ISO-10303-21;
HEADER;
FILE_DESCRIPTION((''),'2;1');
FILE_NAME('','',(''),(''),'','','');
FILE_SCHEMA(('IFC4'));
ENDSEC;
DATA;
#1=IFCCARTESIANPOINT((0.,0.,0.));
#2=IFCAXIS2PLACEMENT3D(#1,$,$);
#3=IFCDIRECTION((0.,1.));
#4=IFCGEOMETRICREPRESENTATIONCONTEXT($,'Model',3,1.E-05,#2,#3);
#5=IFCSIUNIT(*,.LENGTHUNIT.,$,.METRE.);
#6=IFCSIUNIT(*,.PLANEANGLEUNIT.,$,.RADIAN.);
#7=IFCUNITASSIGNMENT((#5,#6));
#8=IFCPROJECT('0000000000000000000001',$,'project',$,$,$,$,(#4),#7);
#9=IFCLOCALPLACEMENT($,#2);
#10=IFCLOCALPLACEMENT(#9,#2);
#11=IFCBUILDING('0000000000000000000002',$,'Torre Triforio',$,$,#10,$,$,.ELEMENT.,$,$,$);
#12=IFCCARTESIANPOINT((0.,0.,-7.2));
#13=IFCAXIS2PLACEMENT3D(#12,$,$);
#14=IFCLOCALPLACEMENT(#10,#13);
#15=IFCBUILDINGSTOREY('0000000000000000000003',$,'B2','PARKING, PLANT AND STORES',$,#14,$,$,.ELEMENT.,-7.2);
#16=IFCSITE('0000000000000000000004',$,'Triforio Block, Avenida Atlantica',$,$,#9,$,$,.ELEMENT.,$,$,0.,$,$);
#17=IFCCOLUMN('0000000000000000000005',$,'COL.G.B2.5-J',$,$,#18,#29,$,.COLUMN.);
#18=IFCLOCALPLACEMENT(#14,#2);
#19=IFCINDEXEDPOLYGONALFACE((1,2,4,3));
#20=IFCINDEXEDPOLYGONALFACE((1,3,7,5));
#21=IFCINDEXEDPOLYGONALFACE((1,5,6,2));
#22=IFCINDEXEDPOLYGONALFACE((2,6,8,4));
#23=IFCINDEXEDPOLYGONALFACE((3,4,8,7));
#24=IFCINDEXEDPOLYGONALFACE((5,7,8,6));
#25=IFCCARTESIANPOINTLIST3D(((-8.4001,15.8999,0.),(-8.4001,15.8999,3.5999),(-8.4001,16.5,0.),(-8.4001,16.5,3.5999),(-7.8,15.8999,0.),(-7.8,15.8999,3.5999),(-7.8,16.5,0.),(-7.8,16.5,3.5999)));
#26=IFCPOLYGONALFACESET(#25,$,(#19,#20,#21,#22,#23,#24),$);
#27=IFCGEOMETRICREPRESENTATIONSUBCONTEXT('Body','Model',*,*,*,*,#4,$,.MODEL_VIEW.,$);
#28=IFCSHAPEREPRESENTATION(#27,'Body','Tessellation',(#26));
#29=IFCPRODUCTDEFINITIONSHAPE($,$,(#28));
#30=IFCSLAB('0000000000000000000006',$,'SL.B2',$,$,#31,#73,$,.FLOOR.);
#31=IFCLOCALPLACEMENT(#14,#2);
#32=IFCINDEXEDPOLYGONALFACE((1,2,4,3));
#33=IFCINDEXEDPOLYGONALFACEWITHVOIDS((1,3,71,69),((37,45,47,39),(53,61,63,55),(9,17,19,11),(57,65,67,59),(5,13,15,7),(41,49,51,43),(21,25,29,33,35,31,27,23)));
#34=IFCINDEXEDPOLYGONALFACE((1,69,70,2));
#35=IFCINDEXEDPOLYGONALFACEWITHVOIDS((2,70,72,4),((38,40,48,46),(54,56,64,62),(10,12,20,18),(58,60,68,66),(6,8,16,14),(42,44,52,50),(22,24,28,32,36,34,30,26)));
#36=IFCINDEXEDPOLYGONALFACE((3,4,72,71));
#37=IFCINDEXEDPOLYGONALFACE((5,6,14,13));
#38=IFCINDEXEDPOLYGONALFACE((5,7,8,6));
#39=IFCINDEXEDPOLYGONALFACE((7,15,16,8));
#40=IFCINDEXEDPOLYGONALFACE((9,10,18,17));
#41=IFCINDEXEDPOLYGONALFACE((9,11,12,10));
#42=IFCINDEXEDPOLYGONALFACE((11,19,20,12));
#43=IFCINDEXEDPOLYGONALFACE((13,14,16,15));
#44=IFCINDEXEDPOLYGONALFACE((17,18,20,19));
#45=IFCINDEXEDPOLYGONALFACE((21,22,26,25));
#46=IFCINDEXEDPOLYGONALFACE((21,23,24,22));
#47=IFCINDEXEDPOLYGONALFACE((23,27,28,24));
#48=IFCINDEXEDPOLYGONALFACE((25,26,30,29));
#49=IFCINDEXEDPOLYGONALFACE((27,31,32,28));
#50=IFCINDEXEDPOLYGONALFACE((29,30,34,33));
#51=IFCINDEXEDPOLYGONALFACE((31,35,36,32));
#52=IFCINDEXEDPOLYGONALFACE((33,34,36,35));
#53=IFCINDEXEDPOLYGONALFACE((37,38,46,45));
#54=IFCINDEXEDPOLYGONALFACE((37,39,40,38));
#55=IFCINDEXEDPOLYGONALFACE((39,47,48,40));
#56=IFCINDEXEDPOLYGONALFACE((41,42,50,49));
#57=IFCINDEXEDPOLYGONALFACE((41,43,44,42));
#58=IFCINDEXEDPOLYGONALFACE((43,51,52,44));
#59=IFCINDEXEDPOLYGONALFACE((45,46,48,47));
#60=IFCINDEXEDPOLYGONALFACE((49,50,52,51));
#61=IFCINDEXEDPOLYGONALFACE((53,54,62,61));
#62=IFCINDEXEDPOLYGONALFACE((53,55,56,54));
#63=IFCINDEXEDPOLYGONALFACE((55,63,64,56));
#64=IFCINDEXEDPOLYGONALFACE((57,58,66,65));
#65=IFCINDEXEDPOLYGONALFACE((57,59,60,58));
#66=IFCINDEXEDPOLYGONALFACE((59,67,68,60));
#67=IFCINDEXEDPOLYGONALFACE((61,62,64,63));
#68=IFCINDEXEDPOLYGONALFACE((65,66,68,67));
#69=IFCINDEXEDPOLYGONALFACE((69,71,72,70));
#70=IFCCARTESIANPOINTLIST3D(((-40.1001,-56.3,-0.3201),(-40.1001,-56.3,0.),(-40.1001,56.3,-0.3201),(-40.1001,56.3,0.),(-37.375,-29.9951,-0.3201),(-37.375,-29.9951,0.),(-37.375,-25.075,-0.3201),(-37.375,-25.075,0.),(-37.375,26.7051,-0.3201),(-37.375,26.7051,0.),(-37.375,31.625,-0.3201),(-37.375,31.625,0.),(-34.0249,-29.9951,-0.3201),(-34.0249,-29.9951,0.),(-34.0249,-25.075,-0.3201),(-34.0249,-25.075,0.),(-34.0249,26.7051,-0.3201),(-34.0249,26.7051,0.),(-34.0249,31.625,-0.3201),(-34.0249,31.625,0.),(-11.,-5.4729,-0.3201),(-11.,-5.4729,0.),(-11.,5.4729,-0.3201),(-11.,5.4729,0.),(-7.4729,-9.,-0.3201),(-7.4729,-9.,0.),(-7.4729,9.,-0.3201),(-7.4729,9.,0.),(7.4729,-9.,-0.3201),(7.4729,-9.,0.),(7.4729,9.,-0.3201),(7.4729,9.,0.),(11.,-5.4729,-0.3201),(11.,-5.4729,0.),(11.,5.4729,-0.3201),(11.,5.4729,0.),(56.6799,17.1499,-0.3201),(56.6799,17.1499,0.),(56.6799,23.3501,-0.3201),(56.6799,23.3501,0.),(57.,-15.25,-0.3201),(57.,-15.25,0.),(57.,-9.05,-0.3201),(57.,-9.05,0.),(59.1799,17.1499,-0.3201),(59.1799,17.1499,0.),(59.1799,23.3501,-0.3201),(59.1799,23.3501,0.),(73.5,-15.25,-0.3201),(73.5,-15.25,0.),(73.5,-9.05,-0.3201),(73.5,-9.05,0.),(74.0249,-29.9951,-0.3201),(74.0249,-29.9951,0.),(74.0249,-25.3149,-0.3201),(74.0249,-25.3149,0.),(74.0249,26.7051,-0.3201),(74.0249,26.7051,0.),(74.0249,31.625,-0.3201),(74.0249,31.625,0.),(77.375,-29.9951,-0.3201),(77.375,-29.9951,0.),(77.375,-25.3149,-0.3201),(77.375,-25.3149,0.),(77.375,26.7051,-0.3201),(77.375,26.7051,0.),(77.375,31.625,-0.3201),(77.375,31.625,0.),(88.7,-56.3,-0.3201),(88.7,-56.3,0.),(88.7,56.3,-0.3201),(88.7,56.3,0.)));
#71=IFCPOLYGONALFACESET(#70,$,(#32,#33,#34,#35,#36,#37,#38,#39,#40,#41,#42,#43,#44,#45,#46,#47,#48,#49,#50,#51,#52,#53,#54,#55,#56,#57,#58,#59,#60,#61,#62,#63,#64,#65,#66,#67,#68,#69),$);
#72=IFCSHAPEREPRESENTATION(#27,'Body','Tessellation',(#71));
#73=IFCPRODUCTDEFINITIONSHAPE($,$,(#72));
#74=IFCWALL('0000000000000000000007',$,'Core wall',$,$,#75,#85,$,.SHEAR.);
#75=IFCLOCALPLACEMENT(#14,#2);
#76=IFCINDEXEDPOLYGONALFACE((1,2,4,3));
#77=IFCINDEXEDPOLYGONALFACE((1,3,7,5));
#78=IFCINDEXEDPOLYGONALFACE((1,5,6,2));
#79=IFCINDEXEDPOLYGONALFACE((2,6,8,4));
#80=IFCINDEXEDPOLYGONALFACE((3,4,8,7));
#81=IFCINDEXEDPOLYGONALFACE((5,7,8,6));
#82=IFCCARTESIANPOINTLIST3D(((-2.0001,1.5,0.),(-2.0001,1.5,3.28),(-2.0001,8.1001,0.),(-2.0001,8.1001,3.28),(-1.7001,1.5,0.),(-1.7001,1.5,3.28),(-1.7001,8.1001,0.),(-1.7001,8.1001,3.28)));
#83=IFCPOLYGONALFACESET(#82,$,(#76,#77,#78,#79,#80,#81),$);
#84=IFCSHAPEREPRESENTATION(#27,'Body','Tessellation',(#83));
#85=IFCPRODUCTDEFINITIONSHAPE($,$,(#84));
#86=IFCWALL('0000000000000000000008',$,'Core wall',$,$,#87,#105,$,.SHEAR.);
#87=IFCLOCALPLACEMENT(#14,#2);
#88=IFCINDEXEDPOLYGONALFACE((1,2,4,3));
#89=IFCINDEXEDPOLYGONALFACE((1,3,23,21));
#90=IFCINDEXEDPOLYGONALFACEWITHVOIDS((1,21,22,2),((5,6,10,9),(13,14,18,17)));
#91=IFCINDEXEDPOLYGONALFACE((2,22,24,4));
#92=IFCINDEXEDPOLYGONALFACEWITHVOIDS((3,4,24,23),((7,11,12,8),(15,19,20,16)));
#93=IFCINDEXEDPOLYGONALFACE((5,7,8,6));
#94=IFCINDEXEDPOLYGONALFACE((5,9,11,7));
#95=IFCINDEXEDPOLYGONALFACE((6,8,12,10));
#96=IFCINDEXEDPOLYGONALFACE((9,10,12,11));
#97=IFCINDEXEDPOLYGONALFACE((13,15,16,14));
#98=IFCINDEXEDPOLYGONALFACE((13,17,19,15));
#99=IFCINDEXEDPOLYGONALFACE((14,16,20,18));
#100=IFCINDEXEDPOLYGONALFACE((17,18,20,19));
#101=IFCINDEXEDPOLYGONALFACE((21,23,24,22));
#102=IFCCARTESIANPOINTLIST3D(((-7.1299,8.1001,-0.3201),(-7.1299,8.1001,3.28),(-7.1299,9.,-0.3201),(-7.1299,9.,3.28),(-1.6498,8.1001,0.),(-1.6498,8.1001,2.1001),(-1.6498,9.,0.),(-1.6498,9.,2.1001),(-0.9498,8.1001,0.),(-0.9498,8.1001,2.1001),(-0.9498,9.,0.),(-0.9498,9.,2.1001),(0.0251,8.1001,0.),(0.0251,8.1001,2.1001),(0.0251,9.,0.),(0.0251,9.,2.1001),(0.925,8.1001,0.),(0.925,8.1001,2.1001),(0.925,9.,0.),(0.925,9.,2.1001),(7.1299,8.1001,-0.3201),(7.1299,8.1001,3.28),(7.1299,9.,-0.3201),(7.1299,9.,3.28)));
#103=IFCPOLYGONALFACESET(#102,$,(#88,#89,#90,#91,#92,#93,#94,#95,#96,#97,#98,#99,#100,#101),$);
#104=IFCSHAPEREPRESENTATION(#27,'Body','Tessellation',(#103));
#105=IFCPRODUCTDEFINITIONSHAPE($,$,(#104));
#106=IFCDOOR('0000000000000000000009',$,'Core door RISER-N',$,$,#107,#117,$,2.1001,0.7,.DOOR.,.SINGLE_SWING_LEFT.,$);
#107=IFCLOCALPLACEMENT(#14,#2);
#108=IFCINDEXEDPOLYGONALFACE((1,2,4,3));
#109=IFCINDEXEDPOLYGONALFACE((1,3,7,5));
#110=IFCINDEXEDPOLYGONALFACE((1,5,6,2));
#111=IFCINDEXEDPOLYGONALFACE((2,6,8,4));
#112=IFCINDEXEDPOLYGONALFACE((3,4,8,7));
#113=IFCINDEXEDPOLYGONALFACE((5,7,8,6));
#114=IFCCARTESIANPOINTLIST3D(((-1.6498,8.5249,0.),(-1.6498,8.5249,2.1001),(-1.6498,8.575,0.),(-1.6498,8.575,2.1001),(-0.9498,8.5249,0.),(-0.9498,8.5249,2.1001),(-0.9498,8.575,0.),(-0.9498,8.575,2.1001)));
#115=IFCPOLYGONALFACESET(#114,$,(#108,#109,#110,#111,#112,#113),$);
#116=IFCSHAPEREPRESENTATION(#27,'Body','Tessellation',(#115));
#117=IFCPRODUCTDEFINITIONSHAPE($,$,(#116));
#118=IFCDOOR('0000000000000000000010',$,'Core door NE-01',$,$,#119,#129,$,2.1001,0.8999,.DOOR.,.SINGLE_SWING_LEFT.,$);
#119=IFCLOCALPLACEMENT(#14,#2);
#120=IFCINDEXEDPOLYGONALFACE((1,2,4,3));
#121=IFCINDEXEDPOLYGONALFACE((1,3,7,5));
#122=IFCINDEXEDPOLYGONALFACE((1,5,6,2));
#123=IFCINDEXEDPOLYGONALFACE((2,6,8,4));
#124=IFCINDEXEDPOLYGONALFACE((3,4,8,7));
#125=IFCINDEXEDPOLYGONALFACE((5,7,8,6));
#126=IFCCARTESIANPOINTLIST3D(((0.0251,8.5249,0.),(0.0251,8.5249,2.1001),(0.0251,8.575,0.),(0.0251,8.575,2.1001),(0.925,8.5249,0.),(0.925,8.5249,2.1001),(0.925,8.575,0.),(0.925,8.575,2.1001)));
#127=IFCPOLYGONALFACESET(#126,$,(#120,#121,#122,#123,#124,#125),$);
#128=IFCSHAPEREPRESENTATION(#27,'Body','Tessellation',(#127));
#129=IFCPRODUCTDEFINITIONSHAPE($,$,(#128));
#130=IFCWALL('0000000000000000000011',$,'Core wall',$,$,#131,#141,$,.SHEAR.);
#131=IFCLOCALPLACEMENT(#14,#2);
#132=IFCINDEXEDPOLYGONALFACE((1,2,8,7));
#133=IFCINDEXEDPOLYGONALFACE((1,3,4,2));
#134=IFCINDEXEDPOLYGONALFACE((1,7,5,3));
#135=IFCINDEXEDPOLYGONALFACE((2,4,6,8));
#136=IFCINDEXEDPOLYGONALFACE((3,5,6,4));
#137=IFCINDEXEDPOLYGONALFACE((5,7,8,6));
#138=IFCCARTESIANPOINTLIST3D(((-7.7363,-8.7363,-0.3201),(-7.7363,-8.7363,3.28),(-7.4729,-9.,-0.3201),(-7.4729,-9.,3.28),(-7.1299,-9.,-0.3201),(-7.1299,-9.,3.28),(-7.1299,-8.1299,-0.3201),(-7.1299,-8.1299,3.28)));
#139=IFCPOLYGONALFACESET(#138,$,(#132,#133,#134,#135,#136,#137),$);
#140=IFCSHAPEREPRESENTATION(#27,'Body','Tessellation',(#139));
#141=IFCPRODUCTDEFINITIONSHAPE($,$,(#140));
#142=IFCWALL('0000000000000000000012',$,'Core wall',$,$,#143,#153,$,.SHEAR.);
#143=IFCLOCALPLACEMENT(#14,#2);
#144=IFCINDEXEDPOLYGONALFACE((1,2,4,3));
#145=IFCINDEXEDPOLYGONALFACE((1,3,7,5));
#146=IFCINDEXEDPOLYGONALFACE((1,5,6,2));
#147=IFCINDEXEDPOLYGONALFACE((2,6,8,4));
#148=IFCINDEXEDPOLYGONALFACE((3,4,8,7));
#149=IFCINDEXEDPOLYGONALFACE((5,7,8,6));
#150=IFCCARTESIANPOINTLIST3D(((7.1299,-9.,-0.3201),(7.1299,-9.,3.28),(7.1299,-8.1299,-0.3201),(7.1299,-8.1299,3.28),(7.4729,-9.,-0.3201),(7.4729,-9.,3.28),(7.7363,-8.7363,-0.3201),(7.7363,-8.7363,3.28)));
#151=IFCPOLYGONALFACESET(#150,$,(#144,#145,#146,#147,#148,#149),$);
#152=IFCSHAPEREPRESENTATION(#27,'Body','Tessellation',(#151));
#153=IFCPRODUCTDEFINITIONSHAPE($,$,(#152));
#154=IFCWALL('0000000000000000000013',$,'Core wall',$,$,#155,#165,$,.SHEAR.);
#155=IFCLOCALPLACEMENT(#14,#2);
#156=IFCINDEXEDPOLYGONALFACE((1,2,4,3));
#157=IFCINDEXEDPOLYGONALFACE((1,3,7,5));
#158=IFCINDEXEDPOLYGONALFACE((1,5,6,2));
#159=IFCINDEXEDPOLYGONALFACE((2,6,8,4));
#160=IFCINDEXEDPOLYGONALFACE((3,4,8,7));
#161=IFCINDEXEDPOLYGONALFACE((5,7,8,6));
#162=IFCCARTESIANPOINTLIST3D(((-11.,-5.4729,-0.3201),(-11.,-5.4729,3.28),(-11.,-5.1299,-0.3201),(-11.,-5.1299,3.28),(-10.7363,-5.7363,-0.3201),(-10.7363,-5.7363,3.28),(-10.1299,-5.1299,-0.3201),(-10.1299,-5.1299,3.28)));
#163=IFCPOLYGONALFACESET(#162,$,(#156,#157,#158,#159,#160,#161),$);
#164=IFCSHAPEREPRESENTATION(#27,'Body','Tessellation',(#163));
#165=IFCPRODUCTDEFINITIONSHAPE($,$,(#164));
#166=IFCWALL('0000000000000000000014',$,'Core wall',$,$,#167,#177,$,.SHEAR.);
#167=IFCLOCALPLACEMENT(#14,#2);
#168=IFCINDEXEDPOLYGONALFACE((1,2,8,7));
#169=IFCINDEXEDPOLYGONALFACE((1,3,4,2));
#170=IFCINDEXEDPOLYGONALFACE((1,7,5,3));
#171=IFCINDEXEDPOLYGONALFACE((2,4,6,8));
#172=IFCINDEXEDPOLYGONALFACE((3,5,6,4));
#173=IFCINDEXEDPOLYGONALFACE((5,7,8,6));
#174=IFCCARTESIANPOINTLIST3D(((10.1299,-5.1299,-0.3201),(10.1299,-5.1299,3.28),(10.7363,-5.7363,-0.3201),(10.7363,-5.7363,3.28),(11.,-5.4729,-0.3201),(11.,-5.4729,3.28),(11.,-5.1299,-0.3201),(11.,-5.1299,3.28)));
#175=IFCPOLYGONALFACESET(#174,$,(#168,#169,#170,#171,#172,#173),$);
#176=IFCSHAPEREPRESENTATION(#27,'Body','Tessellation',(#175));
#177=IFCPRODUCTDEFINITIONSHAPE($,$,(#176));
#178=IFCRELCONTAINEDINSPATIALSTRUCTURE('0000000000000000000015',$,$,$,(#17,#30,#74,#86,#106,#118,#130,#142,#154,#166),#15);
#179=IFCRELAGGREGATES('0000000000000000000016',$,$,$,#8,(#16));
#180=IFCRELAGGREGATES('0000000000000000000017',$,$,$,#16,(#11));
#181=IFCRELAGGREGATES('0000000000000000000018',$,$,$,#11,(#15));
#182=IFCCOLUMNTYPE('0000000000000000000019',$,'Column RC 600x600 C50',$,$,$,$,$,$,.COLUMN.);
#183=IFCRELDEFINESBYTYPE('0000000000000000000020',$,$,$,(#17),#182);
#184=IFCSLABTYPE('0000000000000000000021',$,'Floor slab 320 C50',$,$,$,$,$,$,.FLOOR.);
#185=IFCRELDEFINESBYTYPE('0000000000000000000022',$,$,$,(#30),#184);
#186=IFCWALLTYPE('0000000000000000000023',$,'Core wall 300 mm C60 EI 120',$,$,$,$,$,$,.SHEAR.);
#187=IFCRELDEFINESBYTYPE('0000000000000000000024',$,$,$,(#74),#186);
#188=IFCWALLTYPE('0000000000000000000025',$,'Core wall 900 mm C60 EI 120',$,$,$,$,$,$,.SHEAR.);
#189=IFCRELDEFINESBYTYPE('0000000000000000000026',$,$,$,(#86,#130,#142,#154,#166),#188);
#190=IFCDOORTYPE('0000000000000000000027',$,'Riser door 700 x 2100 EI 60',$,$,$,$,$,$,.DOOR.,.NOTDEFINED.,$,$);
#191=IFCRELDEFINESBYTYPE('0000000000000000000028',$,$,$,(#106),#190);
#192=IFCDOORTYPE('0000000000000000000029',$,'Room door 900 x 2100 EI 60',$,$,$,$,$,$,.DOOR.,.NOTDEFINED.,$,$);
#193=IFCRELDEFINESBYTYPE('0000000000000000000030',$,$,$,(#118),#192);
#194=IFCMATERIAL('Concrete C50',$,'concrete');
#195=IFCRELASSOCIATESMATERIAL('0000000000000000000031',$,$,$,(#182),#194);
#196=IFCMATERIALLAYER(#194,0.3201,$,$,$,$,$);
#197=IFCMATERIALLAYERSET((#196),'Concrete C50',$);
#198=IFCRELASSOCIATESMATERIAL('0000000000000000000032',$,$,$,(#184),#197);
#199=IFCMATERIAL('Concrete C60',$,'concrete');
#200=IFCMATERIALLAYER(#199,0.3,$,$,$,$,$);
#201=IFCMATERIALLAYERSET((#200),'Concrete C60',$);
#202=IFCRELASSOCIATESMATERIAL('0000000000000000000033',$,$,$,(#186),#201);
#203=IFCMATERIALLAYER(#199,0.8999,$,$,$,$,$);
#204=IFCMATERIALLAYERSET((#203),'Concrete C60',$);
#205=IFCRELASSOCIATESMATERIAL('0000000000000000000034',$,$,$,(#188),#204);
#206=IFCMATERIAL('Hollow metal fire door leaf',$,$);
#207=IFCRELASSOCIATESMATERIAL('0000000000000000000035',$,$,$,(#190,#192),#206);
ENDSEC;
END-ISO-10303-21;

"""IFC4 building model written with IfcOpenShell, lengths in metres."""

from ifc_helpers import new_model, si_unit, direction, frame, frame_2d, origin, origin_2d, place, context, subcontext, project, spatial, polyline, rectangle, outline, extrude, material, layer, layer_set, material_profile, profile_set, type_object, element, fill, save


model = new_model("IFC4")

# Units and contexts
model_context = context("Model", 3, precision=1e-05, world=origin(), true_north=direction((0.0, 1.0)))
body_context = subcontext(model_context, "Body", "Model", "MODEL_VIEW")
ifc_project = project(units=[si_unit("LENGTHUNIT", "METRE"), si_unit("PLANEANGLEUNIT", "RADIAN")], contexts=[model_context])

# Site, building, storey
site_placement = place(None, origin())
site = spatial("IfcSite", under=ifc_project, at=site_placement, Name="Triforio Block, Avenida Atlantica", CompositionType="ELEMENT", RefElevation=0.0)
building_placement = place(site_placement, origin())
building = spatial("IfcBuilding", under=site, at=building_placement, Name="Torre Triforio", CompositionType="ELEMENT")
storey_placement = place(building_placement, frame((0.0, 0.0, -7.2)))
storey = spatial("IfcBuildingStorey", under=building, at=storey_placement, Name="B2", Description="PARKING, PLANT AND STORES", CompositionType="ELEMENT", Elevation=-7.2)

# Column
ifc_material_1 = material(Name="Concrete C50", Category="concrete")
ifc_material_profile = material_profile(ifc_material_1, rectangle(XDim=0.6001, YDim=0.6001, at=origin_2d()), Name="RC 600x600")
ifc_profile_set = profile_set([ifc_material_profile], Name="Concrete C50")
column_type = type_object("IfcColumnType", Name="Column RC 600x600 C50", PredefinedType="COLUMN", material=ifc_profile_set)
column_placement = place(storey_placement, frame((-8.1001, 16.2, 0.0), z_axis=(0.0, 0.0, 1.0), x_axis=(1.0, 0.0, 0.0)))
element("IfcColumn", 1, at=column_placement, inside=storey, type_object=column_type, Name="COL.G.B2.5-J", PredefinedType="COLUMN", context=body_context, shape_type="SweptSolid", body=[
    extrude(rectangle(XDim=0.6001, YDim=0.6001, at=origin_2d()), origin(), (0.0, 0.0, 1.0), 3.5999),
])

# Slab
ifc_layer_1 = layer(ifc_material_1, 0.3201)
ifc_layer_set_1 = layer_set([ifc_layer_1], Name="Concrete C50")
slab_type = type_object("IfcSlabType", Name="Floor slab 320 C50", PredefinedType="FLOOR", material=ifc_layer_set_1)
slab_placement = place(storey_placement, frame((0.0, 0.0, -0.3201)))
element("IfcSlab", 2, at=slab_placement, inside=storey, type_object=slab_type, Name="SL.B2", PredefinedType="FLOOR", context=body_context, shape_type="SweptSolid", body=[
    extrude(outline(polyline([(88.7, 56.3), (-40.1001, 56.3), (-40.1001, -56.3), (88.7, -56.3), (88.7, 56.3)]), holes=[polyline([(7.4729, 9.0), (11.0, 5.4729), (11.0, -5.4729), (7.4729, -9.0), (-7.4729, -9.0), (-11.0, -5.4729), (-11.0, 5.4729), (-7.4729, 9.0), (7.4729, 9.0)]), polyline([(74.0249, -25.3149), (77.375, -25.3149), (77.375, -29.9951), (74.0249, -29.9951), (74.0249, -25.3149)]), polyline([(-34.0249, -25.075), (-34.0249, -29.9951), (-37.375, -29.9951), (-37.375, -25.075), (-34.0249, -25.075)]), polyline([(73.5, -9.05), (73.5, -15.25), (57.0, -15.25), (57.0, -9.05), (73.5, -9.05)]), polyline([(56.6799, 23.3501), (59.1799, 23.3501), (59.1799, 17.1499), (56.6799, 17.1499), (56.6799, 23.3501)]), polyline([(-34.0249, 31.625), (-34.0249, 26.7051), (-37.375, 26.7051), (-37.375, 31.625), (-34.0249, 31.625)]), polyline([(77.375, 31.625), (77.375, 26.7051), (74.0249, 26.7051), (74.0249, 31.625), (77.375, 31.625)])]), origin(), (0.0, 0.0, 1.0), 0.3201),
])

# Wall
ifc_material_2 = material(Name="Concrete C60", Category="concrete")
ifc_layer_2 = layer(ifc_material_2, 0.3)
ifc_layer_set_2 = layer_set([ifc_layer_2], Name="Concrete C60")
wall_type_1 = type_object("IfcWallType", Name="Core wall 300 mm C60 EI 120", PredefinedType="SHEAR", material=ifc_layer_set_2)
wall_1_placement = place(storey_placement, frame((-1.8501, 1.5, 0.0), z_axis=(0.0, 0.0, 1.0), x_axis=(0.0, 1.0, 0.0)))
element("IfcWall", 3, at=wall_1_placement, inside=storey, type_object=wall_type_1, Name="Core wall", PredefinedType="SHEAR", context=body_context, shape_type="SweptSolid", body=[
    extrude(rectangle(XDim=6.6001, YDim=0.3, at=frame_2d((3.3, 0.0))), origin(), (0.0, 0.0, 1.0), 3.28),
])

# Wall, openings, doors
ifc_layer_3 = layer(ifc_material_2, 0.8999)
ifc_layer_set_3 = layer_set([ifc_layer_3], Name="Concrete C60")
wall_type_2 = type_object("IfcWallType", Name="Core wall 900 mm C60 EI 120", PredefinedType="SHEAR", material=ifc_layer_set_3)
wall_2_placement = place(storey_placement, frame((-7.1299, 8.55, -0.3201), z_axis=(0.0, 0.0, 1.0), x_axis=(1.0, 0.0, 0.0)))
wall_2 = element("IfcWall", 4, at=wall_2_placement, inside=storey, type_object=wall_type_2, Name="Core wall", PredefinedType="SHEAR", context=body_context, shape_type="SweptSolid", body=[
    extrude(rectangle(XDim=14.2598, YDim=0.8999, at=frame_2d((7.1299, 0.0))), origin(), (0.0, 0.0, 1.0), 3.6001),
])
opening_1_placement = place(wall_2_placement, frame((5.48, 0.0, 0.3201)))
opening_1 = element("IfcOpeningElement", 5, at=opening_1_placement, cuts=wall_2, PredefinedType="OPENING", context=body_context, shape_type="SweptSolid", body=[
    extrude(rectangle(XDim=0.7, YDim=2.1001, at=frame_2d((0.3501, 1.05))), frame((0.0, 0.46, 0.0), z_axis=(0.0, -1.0, 0.0), x_axis=(1.0, 0.0, 0.0)), (0.0, 0.0, 1.0), 0.9199),
])
opening_2_placement = place(wall_2_placement, frame((7.155, 0.0, 0.3201)))
opening_2 = element("IfcOpeningElement", 6, at=opening_2_placement, cuts=wall_2, PredefinedType="OPENING", context=body_context, shape_type="SweptSolid", body=[
    extrude(rectangle(XDim=0.8999, YDim=2.1001, at=frame_2d((0.45, 1.05))), frame((0.0, 0.46, 0.0), z_axis=(0.0, -1.0, 0.0), x_axis=(1.0, 0.0, 0.0)), (0.0, 0.0, 1.0), 0.9199),
])
ifc_material_3 = material(Name="Hollow metal fire door leaf")
door_type_1 = type_object("IfcDoorType", Name="Riser door 700 x 2100 EI 60", OperationType="NOTDEFINED", PredefinedType="DOOR", material=ifc_material_3)
door_1_placement = place(opening_1_placement, origin())
door_1 = element("IfcDoor", 7, at=door_1_placement, inside=storey, type_object=door_type_1, Name="Core door RISER-N", OperationType="SINGLE_SWING_LEFT", OverallHeight=2.1001, OverallWidth=0.7, PredefinedType="DOOR", context=body_context, shape_type="SweptSolid", body=[
    extrude(rectangle(XDim=0.7, YDim=2.1001, at=frame_2d((0.3501, 1.05))), frame((0.0, 0.0249, 0.0), z_axis=(0.0, -1.0, 0.0), x_axis=(1.0, 0.0, 0.0)), (0.0, 0.0, 1.0), 0.05),
])
fill(opening_1, door_1)
door_type_2 = type_object("IfcDoorType", Name="Room door 900 x 2100 EI 60", OperationType="NOTDEFINED", PredefinedType="DOOR", material=ifc_material_3)
door_2_placement = place(opening_2_placement, origin())
door_2 = element("IfcDoor", 8, at=door_2_placement, inside=storey, type_object=door_type_2, Name="Core door NE-01", OperationType="SINGLE_SWING_LEFT", OverallHeight=2.1001, OverallWidth=0.8999, PredefinedType="DOOR", context=body_context, shape_type="SweptSolid", body=[
    extrude(rectangle(XDim=0.8999, YDim=2.1001, at=frame_2d((0.45, 1.05))), frame((0.0, 0.0249, 0.0), z_axis=(0.0, -1.0, 0.0), x_axis=(1.0, 0.0, 0.0)), (0.0, 0.0, 1.0), 0.05),
])
fill(opening_2, door_2)

# Walls
wall_3_placement = place(storey_placement, frame((0.0, 0.0, -0.3201)))
element("IfcWall", 9, at=wall_3_placement, inside=storey, type_object=wall_type_2, Name="Core wall", PredefinedType="SHEAR", context=body_context, shape_type="SweptSolid", body=[
    extrude(outline(polyline([(-7.4729, -9.0), (-7.7363, -8.7363), (-7.1299, -8.1299), (-7.1299, -9.0), (-7.4729, -9.0)])), origin(), (0.0, 0.0, 1.0), 3.6001),
])
wall_4_placement = place(storey_placement, frame((0.0, 0.0, -0.3201)))
element("IfcWall", 10, at=wall_4_placement, inside=storey, type_object=wall_type_2, Name="Core wall", PredefinedType="SHEAR", context=body_context, shape_type="SweptSolid", body=[
    extrude(outline(polyline([(7.4729, -9.0), (7.1299, -9.0), (7.1299, -8.1299), (7.7363, -8.7363), (7.4729, -9.0)])), origin(), (0.0, 0.0, 1.0), 3.6001),
])
wall_5_placement = place(storey_placement, frame((0.0, 0.0, -0.3201)))
element("IfcWall", 11, at=wall_5_placement, inside=storey, type_object=wall_type_2, Name="Core wall", PredefinedType="SHEAR", context=body_context, shape_type="SweptSolid", body=[
    extrude(outline(polyline([(-11.0, -5.4729), (-11.0, -5.1299), (-10.1299, -5.1299), (-10.7363, -5.7363), (-11.0, -5.4729)])), origin(), (0.0, 0.0, 1.0), 3.6001),
])
wall_6_placement = place(storey_placement, frame((0.0, 0.0, -0.3201)))
element("IfcWall", 12, at=wall_6_placement, inside=storey, type_object=wall_type_2, Name="Core wall", PredefinedType="SHEAR", context=body_context, shape_type="SweptSolid", body=[
    extrude(outline(polyline([(11.0, -5.4729), (10.7363, -5.7363), (10.1299, -5.1299), (11.0, -5.1299), (11.0, -5.4729)])), origin(), (0.0, 0.0, 1.0), 3.6001),
])

save(model, "model.ifc")
